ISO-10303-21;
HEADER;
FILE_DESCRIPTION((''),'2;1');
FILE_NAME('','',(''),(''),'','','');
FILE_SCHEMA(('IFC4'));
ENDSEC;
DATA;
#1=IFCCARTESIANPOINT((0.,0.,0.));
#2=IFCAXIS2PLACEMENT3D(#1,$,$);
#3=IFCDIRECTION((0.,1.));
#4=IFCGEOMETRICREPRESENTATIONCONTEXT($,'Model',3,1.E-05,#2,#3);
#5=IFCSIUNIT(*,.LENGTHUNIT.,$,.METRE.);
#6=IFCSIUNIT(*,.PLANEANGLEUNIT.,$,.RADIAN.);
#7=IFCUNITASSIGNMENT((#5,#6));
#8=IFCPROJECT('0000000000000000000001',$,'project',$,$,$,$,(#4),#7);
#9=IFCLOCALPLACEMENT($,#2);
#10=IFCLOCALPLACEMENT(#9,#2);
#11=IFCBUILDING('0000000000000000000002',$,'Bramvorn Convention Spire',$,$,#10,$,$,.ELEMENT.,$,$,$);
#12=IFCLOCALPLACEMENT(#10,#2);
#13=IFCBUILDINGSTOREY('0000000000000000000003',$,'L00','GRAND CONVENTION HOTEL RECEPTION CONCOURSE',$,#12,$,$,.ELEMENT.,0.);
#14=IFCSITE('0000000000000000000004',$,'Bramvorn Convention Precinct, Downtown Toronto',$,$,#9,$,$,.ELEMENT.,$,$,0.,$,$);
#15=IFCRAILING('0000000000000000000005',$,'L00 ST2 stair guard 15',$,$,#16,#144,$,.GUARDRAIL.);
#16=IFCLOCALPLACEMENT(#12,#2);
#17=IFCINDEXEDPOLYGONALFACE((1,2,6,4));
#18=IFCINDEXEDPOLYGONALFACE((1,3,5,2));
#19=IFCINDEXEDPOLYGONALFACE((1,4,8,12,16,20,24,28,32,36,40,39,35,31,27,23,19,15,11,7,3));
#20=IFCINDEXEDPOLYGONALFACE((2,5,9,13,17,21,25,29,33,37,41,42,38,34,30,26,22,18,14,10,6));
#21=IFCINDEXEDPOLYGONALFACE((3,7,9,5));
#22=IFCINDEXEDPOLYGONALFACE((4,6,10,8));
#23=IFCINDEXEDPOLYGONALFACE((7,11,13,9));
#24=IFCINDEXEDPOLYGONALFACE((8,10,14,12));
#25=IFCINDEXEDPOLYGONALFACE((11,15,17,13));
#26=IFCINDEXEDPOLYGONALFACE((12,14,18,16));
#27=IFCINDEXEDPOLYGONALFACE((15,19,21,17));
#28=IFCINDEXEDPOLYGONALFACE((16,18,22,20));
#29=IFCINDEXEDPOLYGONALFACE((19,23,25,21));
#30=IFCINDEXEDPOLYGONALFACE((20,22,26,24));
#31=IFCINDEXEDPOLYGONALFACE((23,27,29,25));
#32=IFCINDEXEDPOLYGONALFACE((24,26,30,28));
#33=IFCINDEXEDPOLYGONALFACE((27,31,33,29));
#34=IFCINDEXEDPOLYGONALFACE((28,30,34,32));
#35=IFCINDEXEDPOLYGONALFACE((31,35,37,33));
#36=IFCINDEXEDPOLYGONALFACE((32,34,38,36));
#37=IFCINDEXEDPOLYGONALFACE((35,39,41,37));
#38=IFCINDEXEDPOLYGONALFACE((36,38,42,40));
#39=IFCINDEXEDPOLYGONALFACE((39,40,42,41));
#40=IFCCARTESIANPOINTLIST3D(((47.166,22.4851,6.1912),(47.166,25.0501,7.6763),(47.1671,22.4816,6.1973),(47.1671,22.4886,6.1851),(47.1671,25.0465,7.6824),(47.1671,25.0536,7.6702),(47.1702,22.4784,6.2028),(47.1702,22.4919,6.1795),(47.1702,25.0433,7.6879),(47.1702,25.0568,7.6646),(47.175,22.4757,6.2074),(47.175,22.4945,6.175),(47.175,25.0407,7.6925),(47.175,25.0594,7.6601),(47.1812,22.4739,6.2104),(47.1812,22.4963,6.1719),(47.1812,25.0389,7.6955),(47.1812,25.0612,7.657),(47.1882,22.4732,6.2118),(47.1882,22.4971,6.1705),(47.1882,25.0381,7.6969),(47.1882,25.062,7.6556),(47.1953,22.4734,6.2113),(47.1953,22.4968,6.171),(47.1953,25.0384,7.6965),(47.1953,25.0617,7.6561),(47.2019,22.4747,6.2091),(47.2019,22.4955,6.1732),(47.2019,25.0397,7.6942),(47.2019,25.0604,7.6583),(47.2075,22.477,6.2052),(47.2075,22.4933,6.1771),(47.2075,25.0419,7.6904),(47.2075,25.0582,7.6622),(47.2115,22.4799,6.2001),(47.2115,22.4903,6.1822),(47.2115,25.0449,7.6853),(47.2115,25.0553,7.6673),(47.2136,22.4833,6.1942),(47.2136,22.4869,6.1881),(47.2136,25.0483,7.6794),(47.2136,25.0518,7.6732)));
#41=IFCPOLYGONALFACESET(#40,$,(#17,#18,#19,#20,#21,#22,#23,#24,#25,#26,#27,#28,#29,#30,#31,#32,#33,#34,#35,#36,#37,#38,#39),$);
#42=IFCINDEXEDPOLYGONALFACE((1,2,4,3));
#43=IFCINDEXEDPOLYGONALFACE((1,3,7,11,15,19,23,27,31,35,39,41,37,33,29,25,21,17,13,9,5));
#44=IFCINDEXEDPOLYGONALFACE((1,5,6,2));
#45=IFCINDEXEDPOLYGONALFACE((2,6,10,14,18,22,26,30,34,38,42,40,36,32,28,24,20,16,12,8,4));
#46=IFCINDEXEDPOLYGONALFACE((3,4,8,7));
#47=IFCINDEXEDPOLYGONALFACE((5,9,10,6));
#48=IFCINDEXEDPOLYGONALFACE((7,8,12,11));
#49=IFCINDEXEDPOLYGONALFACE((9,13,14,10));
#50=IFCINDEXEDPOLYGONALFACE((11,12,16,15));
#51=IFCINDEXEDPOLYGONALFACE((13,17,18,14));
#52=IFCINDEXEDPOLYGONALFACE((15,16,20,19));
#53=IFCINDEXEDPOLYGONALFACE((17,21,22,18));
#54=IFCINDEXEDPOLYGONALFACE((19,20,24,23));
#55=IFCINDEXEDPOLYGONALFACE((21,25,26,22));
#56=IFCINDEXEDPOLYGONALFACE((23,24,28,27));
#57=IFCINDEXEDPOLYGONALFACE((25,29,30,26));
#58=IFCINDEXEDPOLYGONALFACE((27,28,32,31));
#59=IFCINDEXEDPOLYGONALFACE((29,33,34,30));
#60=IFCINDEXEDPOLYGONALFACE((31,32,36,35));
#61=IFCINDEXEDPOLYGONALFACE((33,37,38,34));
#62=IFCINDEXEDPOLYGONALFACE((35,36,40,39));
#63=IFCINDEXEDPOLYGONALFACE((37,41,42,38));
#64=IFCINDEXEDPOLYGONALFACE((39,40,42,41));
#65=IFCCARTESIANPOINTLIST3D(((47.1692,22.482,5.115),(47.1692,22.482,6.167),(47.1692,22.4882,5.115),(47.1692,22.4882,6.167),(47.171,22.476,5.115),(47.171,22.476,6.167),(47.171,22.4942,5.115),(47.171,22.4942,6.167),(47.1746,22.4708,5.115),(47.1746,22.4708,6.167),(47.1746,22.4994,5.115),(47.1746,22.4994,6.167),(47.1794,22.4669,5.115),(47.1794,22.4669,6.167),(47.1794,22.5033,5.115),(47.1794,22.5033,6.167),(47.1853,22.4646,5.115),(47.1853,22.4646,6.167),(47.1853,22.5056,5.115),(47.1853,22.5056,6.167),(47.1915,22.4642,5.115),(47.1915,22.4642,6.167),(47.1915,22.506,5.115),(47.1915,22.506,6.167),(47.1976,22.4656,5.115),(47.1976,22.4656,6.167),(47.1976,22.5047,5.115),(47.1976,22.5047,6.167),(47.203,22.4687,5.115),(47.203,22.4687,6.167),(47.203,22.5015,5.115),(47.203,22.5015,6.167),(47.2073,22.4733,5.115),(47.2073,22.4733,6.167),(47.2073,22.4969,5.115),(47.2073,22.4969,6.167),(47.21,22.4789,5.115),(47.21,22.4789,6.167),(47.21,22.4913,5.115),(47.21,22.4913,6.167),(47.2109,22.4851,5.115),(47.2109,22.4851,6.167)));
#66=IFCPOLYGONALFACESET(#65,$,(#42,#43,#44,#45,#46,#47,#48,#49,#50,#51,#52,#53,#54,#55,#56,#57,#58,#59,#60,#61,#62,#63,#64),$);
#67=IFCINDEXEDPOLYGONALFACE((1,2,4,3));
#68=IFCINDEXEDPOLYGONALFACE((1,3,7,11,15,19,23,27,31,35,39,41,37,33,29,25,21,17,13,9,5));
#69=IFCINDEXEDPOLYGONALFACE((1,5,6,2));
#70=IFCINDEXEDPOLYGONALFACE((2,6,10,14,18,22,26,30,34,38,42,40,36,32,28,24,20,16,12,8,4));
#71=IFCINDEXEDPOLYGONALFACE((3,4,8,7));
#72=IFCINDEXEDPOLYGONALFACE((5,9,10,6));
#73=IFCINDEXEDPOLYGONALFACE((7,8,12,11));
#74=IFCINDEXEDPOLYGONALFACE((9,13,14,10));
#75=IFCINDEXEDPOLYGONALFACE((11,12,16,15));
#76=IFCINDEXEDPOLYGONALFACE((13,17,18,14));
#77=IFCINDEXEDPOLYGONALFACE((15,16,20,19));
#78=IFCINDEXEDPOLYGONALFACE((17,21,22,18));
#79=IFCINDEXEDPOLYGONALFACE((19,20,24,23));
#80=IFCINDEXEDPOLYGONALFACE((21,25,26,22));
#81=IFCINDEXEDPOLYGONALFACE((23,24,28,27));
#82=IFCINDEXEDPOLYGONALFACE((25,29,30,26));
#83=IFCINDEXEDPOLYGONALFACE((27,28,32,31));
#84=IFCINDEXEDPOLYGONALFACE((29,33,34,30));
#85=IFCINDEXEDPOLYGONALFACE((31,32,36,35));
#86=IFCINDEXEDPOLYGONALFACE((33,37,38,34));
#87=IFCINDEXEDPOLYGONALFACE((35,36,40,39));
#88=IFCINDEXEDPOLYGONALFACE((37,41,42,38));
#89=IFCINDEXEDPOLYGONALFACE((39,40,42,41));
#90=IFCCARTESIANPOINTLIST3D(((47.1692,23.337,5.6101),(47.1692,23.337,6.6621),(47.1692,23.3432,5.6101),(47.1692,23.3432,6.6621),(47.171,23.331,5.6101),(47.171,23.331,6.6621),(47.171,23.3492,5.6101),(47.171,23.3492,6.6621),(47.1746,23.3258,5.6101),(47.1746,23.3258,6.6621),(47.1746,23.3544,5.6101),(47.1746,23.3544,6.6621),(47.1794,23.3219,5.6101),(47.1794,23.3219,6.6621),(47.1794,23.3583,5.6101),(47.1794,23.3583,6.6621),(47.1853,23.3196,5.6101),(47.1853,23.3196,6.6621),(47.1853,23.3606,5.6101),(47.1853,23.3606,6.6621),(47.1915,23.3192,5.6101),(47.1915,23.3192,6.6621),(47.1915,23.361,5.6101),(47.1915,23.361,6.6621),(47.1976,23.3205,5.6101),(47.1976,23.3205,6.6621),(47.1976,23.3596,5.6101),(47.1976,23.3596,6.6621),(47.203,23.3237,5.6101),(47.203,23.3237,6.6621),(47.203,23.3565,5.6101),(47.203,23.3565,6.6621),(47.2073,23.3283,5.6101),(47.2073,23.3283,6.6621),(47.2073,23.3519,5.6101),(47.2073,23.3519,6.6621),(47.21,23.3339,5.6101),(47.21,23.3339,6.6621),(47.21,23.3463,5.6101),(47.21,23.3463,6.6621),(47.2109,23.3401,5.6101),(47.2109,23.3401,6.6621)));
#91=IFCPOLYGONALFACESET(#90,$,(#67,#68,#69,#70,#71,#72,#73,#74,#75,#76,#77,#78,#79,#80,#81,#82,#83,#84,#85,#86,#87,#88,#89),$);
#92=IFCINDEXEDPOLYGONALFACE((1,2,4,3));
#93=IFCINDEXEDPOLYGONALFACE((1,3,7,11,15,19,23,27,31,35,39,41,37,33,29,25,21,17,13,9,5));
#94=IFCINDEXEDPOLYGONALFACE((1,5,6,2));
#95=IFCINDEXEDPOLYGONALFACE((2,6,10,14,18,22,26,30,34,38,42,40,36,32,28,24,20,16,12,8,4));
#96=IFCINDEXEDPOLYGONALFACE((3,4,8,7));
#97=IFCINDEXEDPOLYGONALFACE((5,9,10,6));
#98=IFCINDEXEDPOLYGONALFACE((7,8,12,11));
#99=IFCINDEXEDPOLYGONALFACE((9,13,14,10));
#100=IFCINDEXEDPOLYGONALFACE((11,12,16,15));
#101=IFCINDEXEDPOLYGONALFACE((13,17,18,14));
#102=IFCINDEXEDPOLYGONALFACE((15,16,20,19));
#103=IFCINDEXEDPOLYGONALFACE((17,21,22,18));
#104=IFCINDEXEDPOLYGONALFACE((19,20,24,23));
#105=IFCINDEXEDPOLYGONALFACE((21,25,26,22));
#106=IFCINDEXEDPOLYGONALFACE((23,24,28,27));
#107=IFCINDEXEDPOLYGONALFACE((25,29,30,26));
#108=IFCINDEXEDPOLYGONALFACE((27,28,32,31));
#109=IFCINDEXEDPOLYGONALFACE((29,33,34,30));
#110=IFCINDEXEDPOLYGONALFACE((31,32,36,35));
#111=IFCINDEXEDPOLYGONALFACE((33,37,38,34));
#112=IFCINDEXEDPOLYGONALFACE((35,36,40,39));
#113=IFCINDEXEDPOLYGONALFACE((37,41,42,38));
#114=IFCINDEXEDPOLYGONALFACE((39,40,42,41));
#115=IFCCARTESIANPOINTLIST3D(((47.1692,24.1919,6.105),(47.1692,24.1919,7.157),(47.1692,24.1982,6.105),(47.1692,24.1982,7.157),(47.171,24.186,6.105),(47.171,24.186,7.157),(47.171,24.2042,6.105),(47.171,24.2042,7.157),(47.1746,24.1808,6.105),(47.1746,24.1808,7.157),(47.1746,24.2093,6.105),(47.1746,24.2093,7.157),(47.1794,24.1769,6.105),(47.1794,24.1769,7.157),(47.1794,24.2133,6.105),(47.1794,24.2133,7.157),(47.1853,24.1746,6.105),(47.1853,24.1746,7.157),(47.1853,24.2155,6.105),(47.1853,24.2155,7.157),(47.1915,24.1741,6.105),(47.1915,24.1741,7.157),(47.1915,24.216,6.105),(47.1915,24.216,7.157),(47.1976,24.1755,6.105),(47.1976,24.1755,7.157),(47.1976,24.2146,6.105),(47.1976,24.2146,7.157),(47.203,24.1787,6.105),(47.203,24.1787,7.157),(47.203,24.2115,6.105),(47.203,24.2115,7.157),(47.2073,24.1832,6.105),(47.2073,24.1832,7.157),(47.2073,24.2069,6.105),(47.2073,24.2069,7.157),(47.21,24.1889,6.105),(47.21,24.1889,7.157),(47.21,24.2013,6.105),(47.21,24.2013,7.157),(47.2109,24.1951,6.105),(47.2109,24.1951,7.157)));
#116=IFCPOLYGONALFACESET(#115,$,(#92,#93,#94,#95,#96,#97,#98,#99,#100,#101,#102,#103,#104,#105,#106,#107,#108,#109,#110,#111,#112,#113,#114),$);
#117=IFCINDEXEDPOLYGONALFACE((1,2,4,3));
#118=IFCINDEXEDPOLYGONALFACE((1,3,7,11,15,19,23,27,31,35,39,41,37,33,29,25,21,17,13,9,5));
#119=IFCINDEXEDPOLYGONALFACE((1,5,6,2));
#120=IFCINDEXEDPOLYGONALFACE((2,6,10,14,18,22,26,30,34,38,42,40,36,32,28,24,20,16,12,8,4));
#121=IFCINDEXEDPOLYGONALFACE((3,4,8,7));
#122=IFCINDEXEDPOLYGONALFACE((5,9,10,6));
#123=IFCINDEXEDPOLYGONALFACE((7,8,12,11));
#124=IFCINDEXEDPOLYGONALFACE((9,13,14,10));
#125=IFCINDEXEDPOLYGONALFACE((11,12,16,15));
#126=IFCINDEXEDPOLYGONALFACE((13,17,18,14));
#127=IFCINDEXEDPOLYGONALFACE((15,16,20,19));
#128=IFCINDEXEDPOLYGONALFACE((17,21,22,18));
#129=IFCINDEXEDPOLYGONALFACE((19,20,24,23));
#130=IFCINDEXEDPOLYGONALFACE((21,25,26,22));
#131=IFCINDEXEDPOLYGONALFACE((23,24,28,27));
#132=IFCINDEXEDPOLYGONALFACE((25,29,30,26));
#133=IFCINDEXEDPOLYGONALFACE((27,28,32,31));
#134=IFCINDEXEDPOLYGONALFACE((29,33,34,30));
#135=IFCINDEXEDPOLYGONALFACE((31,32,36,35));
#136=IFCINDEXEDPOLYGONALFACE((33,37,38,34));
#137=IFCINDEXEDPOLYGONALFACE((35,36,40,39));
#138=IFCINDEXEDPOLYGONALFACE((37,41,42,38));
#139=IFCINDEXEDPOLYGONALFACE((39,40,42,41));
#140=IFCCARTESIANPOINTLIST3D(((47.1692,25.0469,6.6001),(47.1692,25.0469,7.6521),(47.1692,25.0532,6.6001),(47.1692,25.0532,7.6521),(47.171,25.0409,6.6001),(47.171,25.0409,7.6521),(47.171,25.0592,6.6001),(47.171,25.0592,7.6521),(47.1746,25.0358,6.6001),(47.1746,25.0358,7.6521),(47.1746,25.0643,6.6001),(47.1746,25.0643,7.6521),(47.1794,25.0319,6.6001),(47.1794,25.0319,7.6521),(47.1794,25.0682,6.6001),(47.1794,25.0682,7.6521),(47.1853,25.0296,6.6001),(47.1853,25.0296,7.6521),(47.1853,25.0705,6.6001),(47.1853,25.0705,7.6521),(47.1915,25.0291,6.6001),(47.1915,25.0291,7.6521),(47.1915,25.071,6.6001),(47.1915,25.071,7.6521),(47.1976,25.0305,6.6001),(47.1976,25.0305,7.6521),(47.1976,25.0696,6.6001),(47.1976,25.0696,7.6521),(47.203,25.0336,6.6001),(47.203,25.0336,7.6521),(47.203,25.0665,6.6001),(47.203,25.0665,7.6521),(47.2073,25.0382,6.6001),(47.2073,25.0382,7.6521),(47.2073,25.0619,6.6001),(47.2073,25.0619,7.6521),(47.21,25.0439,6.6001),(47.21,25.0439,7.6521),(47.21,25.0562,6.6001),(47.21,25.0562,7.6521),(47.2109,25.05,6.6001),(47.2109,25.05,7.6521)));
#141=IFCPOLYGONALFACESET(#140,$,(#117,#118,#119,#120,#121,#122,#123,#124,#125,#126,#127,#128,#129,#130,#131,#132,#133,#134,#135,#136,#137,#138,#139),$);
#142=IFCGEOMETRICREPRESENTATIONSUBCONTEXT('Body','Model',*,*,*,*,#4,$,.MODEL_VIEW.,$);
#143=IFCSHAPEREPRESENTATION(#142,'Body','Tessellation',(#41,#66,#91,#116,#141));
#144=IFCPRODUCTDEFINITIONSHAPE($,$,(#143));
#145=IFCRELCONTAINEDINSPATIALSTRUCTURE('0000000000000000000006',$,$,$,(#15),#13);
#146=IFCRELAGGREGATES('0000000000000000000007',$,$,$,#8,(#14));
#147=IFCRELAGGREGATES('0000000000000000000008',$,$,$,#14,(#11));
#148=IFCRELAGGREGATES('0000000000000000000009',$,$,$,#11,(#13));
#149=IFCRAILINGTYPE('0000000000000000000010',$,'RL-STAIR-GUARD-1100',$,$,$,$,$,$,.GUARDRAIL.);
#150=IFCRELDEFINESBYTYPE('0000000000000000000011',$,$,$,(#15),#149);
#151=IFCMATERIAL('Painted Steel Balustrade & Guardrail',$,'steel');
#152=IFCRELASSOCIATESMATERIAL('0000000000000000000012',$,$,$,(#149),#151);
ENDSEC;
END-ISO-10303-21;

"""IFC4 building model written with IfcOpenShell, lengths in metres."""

from ifc_helpers import new_model, si_unit, direction, frame, origin, origin_2d, place, context, subcontext, project, spatial, circle, extrude, material, type_object, element, save


model = new_model("IFC4")

# Units and contexts
model_context = context("Model", 3, precision=1e-05, world=origin(), true_north=direction((0.0, 1.0)))
body_context = subcontext(model_context, "Body", "Model", "MODEL_VIEW")
ifc_project = project(units=[si_unit("LENGTHUNIT", "METRE"), si_unit("PLANEANGLEUNIT", "RADIAN")], contexts=[model_context])

# Site, building, storey
site_placement = place(None, origin())
site = spatial("IfcSite", under=ifc_project, at=site_placement, Name="Bramvorn Convention Precinct, Downtown Toronto", CompositionType="ELEMENT", RefElevation=0.0)
building_placement = place(site_placement, origin())
building = spatial("IfcBuilding", under=site, at=building_placement, Name="Bramvorn Convention Spire", CompositionType="ELEMENT")
storey_placement = place(building_placement, origin())
storey = spatial("IfcBuildingStorey", under=building, at=storey_placement, Name="L00", Description="GRAND CONVENTION HOTEL RECEPTION CONCOURSE", CompositionType="ELEMENT", Elevation=0.0)

# Railing
ifc_material_1 = material(Name="Painted Steel Balustrade & Guardrail", Category="steel")
railing_type_1 = type_object("IfcRailingType", Name="RL-STAIR-GUARD-1100", PredefinedType="GUARDRAIL", material=ifc_material_1)
railing_1_placement = place(storey_placement, frame((47.1899, 22.4851, 5.115)))
element("IfcRailing", 1, at=railing_1_placement, inside=storey, type_object=railing_type_1, Name="L00 ST2 stair guard 15", PredefinedType="GUARDRAIL", context=body_context, shape_type="SweptSolid", body=[
    extrude(circle(Radius=0.0239, at=origin_2d()), frame((0.0, 0.0, 1.0762), z_axis=(0.0, 0.865406, 0.501072), x_axis=(-1.0, 0.0, 0.0)), (0.0, 0.0, 1.0), 2.9639),
    extrude(circle(Radius=0.021, at=origin_2d()), origin(), (0.0, 0.0, 1.0), 1.052),
    extrude(circle(Radius=0.021, at=origin_2d()), frame((0.0, 0.855, 0.4951)), (0.0, 0.0, 1.0), 1.052),
    extrude(circle(Radius=0.021, at=origin_2d()), frame((0.0, 1.71, 0.99)), (0.0, 0.0, 1.0), 1.052),
    extrude(circle(Radius=0.021, at=origin_2d()), frame((0.0, 2.5649, 1.4851)), (0.0, 0.0, 1.0), 1.052),
])

save(model, "model.ifc")
